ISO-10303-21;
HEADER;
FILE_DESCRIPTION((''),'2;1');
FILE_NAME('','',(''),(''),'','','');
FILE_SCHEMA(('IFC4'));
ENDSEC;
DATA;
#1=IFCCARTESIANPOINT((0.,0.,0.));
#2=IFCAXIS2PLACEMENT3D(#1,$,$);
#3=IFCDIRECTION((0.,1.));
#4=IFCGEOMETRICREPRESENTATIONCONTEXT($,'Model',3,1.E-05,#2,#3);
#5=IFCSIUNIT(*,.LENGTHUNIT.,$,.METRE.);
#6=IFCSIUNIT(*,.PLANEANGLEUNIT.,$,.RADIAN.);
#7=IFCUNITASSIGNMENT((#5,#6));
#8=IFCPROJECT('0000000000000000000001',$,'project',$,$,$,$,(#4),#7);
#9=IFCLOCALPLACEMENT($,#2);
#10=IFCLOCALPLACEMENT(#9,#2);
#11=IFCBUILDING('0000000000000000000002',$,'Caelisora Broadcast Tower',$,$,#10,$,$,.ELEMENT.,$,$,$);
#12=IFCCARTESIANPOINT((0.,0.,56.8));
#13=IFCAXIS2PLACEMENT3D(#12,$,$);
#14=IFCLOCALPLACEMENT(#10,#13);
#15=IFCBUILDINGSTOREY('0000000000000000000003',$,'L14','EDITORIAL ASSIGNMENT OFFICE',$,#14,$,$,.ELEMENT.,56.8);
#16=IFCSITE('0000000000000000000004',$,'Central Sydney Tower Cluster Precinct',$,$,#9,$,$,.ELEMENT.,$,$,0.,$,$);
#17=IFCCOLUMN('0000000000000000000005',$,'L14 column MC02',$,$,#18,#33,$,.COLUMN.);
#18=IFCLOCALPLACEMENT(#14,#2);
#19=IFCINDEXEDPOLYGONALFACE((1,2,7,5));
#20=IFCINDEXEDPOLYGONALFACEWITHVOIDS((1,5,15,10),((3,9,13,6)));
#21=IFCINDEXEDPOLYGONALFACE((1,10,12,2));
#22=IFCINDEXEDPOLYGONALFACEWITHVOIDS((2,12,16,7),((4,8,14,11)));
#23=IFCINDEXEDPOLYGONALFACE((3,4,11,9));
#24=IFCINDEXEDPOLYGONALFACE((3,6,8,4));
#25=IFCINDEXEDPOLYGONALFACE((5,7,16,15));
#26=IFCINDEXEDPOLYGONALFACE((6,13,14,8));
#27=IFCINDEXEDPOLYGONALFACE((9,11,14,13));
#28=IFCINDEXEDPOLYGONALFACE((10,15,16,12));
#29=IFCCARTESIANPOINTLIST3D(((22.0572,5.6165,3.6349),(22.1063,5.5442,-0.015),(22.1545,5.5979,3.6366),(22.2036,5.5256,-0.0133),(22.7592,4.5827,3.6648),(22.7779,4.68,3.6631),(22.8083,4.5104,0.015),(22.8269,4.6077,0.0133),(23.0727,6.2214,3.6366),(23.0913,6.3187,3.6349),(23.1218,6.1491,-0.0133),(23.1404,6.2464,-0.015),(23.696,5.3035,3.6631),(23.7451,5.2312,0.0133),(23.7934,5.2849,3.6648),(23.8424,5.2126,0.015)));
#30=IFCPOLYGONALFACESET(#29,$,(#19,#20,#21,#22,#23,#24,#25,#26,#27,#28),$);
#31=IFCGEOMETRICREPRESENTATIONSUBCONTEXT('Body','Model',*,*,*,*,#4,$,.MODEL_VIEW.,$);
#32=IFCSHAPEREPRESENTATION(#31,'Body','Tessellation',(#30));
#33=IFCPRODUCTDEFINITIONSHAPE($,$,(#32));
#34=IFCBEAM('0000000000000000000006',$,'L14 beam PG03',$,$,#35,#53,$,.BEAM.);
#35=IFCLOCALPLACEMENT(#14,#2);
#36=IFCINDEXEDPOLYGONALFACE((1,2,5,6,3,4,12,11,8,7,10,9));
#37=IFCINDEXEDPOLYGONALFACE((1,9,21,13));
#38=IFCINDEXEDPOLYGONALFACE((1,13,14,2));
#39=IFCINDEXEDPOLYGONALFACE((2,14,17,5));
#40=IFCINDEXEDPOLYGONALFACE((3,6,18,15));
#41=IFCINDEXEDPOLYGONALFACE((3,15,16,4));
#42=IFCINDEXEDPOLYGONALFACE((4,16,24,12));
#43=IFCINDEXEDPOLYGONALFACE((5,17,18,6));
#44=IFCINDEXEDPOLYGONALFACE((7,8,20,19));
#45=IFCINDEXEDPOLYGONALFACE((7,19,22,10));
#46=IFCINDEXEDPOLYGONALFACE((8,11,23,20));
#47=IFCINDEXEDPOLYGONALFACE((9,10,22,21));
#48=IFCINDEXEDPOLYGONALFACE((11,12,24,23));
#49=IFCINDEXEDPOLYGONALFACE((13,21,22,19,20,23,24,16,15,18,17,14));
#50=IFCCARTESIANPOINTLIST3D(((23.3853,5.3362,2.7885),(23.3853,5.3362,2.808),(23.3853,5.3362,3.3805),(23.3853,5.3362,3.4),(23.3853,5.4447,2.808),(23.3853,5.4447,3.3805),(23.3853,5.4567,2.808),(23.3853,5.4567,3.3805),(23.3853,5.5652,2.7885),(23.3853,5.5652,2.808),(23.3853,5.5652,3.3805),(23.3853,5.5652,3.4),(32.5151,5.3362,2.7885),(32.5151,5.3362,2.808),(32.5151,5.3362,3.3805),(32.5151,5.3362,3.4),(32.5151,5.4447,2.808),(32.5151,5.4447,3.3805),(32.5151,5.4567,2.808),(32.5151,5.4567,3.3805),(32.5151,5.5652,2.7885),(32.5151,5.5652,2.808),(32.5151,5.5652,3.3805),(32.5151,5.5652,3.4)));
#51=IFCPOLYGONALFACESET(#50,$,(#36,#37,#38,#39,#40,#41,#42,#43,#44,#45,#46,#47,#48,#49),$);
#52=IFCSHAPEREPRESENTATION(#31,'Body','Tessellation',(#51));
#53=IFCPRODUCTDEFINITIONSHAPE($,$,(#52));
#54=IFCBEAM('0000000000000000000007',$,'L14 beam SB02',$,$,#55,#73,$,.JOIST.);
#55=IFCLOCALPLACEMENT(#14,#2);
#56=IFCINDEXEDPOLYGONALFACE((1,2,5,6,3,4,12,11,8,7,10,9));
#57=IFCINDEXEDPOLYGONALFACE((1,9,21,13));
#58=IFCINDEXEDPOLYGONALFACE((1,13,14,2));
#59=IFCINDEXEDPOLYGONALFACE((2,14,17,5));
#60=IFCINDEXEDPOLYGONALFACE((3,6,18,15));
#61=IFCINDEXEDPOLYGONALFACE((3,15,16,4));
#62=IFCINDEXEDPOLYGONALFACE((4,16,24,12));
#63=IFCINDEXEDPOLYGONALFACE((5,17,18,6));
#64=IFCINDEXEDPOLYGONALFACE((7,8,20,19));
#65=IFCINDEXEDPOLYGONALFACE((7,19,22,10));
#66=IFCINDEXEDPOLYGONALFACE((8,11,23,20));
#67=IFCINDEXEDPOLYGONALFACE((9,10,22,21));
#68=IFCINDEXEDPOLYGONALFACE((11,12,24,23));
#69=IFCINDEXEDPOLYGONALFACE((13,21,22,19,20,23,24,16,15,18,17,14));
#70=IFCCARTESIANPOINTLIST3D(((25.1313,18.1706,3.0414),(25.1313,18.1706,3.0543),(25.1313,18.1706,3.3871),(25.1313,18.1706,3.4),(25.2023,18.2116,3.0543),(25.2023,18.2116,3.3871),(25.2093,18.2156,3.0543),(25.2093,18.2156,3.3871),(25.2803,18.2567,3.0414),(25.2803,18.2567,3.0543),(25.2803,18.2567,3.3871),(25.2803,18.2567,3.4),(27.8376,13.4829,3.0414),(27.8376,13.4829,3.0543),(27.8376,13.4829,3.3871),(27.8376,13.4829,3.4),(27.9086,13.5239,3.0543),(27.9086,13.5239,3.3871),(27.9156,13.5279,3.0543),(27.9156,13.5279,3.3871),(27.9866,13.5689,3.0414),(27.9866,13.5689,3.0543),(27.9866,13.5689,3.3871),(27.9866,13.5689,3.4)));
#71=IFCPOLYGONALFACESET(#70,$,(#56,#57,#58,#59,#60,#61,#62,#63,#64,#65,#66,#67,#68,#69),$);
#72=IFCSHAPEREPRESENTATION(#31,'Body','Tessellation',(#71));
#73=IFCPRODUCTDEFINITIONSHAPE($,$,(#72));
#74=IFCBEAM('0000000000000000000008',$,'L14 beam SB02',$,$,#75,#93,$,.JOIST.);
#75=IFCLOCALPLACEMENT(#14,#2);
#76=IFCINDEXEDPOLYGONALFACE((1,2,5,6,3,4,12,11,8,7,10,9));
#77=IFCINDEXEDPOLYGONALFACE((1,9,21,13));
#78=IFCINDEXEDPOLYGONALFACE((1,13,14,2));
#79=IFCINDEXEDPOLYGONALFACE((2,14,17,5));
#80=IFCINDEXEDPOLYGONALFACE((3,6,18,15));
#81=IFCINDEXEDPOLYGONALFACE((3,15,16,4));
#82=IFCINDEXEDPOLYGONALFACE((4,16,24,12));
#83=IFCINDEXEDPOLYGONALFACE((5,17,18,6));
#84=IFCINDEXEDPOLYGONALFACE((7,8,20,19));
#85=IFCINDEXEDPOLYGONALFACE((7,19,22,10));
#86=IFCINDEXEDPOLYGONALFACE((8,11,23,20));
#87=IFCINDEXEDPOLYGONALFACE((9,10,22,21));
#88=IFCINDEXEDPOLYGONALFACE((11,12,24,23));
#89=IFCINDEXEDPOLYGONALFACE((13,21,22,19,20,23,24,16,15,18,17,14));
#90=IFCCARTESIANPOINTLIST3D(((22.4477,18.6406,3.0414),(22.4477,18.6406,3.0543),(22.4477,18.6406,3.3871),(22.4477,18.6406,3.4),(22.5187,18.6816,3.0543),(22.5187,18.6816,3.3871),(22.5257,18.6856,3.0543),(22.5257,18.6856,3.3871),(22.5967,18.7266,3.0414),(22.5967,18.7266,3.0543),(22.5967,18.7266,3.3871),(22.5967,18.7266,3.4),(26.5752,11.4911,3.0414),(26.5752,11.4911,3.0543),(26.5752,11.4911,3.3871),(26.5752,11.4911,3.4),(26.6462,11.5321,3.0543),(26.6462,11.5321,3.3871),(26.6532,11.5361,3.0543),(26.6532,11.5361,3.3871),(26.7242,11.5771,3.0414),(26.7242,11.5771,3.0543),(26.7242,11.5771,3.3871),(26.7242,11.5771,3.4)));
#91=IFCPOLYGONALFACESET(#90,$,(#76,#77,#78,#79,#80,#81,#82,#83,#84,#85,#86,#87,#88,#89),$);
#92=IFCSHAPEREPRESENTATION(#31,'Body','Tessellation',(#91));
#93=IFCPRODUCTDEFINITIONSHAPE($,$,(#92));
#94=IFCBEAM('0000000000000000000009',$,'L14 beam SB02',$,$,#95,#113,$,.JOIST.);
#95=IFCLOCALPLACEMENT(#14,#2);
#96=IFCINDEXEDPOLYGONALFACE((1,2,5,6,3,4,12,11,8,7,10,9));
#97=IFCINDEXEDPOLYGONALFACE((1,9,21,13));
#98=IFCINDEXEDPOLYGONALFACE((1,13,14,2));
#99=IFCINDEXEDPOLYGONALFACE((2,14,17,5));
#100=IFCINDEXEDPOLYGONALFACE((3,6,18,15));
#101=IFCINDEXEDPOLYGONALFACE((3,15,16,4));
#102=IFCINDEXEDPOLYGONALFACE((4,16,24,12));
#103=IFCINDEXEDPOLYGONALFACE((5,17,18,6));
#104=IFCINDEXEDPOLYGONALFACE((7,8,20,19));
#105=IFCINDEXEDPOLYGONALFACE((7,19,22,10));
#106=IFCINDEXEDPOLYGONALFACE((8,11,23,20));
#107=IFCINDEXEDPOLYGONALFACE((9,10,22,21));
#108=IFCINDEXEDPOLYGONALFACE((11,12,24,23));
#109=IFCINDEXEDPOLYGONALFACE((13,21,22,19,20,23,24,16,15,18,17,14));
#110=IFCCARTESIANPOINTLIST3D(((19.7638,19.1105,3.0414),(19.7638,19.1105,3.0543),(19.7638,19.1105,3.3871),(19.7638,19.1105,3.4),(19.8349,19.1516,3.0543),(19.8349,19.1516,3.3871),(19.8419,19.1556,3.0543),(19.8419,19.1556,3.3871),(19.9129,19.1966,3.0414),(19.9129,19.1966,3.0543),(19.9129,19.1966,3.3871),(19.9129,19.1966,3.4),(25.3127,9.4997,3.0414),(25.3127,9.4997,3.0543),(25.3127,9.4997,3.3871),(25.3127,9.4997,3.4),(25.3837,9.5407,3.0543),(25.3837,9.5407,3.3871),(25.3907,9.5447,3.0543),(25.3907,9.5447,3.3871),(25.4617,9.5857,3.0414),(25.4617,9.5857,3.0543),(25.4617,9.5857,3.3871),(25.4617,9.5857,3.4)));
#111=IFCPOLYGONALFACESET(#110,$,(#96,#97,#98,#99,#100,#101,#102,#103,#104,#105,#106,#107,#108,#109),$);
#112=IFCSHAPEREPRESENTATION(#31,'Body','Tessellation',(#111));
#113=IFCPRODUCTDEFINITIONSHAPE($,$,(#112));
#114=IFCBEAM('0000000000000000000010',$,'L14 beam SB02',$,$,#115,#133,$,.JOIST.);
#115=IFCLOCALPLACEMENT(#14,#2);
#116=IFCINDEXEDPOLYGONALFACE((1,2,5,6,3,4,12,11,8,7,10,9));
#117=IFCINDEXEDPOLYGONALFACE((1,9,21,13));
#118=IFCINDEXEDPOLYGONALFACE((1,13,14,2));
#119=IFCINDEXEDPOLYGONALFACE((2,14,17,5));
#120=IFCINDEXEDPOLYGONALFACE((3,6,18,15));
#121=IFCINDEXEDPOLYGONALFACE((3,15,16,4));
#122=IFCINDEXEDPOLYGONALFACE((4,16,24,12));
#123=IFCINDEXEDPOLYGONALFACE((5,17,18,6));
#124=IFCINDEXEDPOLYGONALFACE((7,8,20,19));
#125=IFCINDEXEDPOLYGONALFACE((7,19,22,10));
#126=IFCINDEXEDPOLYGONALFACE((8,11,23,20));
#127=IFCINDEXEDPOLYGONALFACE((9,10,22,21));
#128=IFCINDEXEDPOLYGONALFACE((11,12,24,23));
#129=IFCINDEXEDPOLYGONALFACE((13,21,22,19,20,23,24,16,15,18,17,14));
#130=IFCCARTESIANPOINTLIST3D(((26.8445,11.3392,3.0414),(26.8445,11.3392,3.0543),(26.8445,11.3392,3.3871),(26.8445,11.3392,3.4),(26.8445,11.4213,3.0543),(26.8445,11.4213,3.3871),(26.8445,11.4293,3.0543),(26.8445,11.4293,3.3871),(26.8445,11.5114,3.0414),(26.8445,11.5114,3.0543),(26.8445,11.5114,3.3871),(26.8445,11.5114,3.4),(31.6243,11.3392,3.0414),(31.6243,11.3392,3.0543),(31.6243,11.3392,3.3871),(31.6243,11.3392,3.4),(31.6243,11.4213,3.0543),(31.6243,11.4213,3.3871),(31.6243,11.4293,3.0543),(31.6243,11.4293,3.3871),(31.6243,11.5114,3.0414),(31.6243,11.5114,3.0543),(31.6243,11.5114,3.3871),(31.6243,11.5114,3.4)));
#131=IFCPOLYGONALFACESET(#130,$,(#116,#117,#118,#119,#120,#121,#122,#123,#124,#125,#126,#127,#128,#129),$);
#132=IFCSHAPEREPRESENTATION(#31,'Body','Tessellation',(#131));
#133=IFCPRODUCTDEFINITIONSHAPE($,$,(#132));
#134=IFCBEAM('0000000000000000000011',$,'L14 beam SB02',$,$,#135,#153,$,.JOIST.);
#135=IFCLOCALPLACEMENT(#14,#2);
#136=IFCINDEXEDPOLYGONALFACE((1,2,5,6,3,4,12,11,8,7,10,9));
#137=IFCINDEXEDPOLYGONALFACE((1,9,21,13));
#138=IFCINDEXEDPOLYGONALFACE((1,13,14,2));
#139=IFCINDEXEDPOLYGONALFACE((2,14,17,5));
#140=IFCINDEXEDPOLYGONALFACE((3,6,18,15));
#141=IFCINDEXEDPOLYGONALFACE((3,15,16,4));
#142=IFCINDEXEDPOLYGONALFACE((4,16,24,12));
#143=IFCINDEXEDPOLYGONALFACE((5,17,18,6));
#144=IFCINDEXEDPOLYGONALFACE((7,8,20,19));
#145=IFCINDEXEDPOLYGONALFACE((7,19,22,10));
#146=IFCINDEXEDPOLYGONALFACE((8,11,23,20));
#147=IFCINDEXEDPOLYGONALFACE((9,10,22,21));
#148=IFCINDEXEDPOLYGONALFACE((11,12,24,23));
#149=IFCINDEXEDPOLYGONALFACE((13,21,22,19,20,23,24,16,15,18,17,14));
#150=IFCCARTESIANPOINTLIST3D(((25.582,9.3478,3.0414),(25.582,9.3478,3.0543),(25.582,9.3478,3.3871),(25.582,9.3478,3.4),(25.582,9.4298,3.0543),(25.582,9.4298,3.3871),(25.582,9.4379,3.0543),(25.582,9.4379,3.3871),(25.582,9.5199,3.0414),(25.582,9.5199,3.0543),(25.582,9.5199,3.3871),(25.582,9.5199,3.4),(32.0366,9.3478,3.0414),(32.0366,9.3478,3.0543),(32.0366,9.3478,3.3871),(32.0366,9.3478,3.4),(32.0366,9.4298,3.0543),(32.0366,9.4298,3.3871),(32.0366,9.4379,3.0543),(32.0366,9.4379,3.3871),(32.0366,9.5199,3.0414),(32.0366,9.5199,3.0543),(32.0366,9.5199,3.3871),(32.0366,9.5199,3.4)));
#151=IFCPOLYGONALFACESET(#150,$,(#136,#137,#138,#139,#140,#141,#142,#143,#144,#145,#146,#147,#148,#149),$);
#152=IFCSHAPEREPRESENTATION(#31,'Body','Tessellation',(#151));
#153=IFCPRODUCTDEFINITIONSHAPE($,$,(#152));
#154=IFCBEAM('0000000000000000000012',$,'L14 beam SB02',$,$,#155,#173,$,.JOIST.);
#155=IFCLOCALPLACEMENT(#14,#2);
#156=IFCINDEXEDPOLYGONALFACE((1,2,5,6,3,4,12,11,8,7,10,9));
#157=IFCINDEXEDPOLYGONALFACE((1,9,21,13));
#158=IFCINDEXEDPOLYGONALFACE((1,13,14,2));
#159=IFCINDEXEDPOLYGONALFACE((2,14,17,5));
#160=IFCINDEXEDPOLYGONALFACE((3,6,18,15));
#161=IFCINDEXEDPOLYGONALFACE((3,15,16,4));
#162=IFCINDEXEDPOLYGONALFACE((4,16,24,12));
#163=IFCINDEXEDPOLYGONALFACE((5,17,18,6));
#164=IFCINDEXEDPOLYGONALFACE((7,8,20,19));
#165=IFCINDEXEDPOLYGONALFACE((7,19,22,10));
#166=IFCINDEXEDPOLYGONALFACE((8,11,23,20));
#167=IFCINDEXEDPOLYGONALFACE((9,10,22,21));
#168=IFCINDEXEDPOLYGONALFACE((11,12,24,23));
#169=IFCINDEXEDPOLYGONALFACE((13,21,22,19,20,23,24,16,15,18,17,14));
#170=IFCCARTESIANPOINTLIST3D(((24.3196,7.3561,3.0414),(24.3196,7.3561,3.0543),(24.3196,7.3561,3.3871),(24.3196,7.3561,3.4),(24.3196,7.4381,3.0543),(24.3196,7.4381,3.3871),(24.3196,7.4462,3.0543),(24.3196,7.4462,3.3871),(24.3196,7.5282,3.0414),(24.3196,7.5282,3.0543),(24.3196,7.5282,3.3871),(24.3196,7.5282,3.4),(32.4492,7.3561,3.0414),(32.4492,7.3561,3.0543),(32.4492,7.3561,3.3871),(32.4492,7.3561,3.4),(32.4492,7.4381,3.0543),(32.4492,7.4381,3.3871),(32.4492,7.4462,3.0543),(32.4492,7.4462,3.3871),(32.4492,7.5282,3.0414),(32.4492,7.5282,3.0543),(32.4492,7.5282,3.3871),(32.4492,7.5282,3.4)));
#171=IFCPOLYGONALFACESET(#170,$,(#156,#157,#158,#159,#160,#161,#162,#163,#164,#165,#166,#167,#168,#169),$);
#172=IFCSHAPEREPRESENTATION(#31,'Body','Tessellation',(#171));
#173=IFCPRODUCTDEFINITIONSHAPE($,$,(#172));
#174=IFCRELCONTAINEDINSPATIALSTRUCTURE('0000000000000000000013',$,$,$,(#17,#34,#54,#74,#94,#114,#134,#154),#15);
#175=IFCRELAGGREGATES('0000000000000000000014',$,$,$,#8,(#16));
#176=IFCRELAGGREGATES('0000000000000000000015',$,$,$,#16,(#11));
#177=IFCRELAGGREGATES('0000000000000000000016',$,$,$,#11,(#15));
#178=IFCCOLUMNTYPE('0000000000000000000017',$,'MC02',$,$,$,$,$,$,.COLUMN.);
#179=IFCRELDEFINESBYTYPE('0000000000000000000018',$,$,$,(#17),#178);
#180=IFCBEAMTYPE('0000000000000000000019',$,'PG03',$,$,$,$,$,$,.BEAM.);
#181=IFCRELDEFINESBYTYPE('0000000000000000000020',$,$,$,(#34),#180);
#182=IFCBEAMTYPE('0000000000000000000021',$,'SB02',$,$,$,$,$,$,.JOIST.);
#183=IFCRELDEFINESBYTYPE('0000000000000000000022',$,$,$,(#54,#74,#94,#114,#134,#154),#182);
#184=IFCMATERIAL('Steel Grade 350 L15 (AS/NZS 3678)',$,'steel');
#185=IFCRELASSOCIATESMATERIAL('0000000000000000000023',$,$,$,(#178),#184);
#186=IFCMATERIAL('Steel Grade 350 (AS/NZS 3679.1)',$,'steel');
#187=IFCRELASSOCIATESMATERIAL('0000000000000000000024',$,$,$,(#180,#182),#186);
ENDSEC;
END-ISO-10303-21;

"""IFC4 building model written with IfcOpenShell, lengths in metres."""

from ifc_helpers import new_model, si_unit, direction, frame, origin, origin_2d, place, context, subcontext, project, spatial, hollow_rectangle, i_section, extrude, source, transform, mapped, material, material_profile, profile_set, type_object, type_shapes, element, save


model = new_model("IFC4")

# Units and contexts
model_context = context("Model", 3, precision=1e-05, world=origin(), true_north=direction((0.0, 1.0)))
body_context = subcontext(model_context, "Body", "Model", "MODEL_VIEW")
ifc_project = project(units=[si_unit("LENGTHUNIT", "METRE"), si_unit("PLANEANGLEUNIT", "RADIAN")], contexts=[model_context])

# Site, building, storey
site_placement = place(None, origin())
site = spatial("IfcSite", under=ifc_project, at=site_placement, Name="Central Sydney Tower Cluster Precinct", CompositionType="ELEMENT", RefElevation=0.0)
building_placement = place(site_placement, origin())
building = spatial("IfcBuilding", under=site, at=building_placement, Name="Caelisora Broadcast Tower", CompositionType="ELEMENT")
storey_placement = place(building_placement, frame((0.0, 0.0, 56.8)))
storey = spatial("IfcBuildingStorey", under=building, at=storey_placement, Name="L14", Description="EDITORIAL ASSIGNMENT OFFICE", CompositionType="ELEMENT", Elevation=56.8)

# Column
ifc_material_1 = material(Name="Steel Grade 350 L15 (AS/NZS 3678)", Category="steel")
ifc_material_profile_1 = material_profile(ifc_material_1, hollow_rectangle(XDim=1.25, YDim=1.25, WallThickness=0.0701, at=origin_2d()), Name="Steel Grade 350 L15 (AS/NZS 3678)")
ifc_profile_set_1 = profile_set([ifc_material_profile_1], Name="Steel Grade 350 L15 (AS/NZS 3678)")
column_type = type_object("IfcColumnType", Name="MC02", PredefinedType="COLUMN", material=ifc_profile_set_1)
shared_shape_1 = source(origin(), body_context, "Body", "SweptSolid", [
    extrude(hollow_rectangle(XDim=1.25, YDim=1.25, WallThickness=0.0701, at=origin_2d()), origin(), (0.0, 0.0, 1.0), 3.6509),
])
type_shapes(column_type, [shared_shape_1])
column_placement = place(storey_placement, frame((22.9744, 5.3784, 0.0), z_axis=(-0.013441, 0.019794, 0.999714), x_axis=(-0.82729, -0.561775, 0.0)))
element("IfcColumn", 1, at=column_placement, inside=storey, type_object=column_type, Name="L14 column MC02", PredefinedType="COLUMN", context=body_context, shape_type="MappedRepresentation", body=[
    mapped(shared_shape_1, transform((0.0, 0.0, 0.0), scale=1.0)),
])

# Beams
ifc_material_2 = material(Name="Steel Grade 350 (AS/NZS 3679.1)", Category="steel")
ifc_material_profile_2 = material_profile(ifc_material_2, i_section(OverallWidth=0.229, OverallDepth=0.6116, WebThickness=0.012, FlangeThickness=0.0195, at=origin_2d()), Name="Steel Grade 350 (AS/NZS 3679.1)")
ifc_profile_set_2 = profile_set([ifc_material_profile_2], Name="Steel Grade 350 (AS/NZS 3679.1)")
beam_type_1 = type_object("IfcBeamType", Name="PG03", PredefinedType="BEAM", material=ifc_profile_set_2)
shared_shape_2 = source(origin(), body_context, "Body", "SweptSolid", [
    extrude(i_section(OverallWidth=0.229, OverallDepth=0.6116, WebThickness=0.012, FlangeThickness=0.0195, at=origin_2d()), origin(), (0.0, 0.0, 1.0), 9.1299),
])
type_shapes(beam_type_1, [shared_shape_2])
beam_1_placement = place(storey_placement, frame((23.3853, 5.4507, 3.0942), z_axis=(1.0, 0.0, 0.0), x_axis=(0.0, 1.0, 0.0)))
element("IfcBeam", 2, at=beam_1_placement, inside=storey, type_object=beam_type_1, Name="L14 beam PG03", PredefinedType="BEAM", context=body_context, shape_type="MappedRepresentation", body=[
    mapped(shared_shape_2, transform((0.0, 0.0, 0.0), scale=1.0)),
])
ifc_material_profile_3 = material_profile(ifc_material_2, i_section(OverallWidth=0.1721, OverallDepth=0.3586, WebThickness=0.0081, FlangeThickness=0.0129, at=origin_2d()), Name="Steel Grade 350 (AS/NZS 3679.1)")
ifc_profile_set_3 = profile_set([ifc_material_profile_3], Name="Steel Grade 350 (AS/NZS 3679.1)")
beam_type_2 = type_object("IfcBeamType", Name="SB02", PredefinedType="JOIST", material=ifc_profile_set_3)
shared_shape_3 = source(origin(), body_context, "Body", "SweptSolid", [
    extrude(i_section(OverallWidth=0.1721, OverallDepth=0.3586, WebThickness=0.0081, FlangeThickness=0.0129, at=origin_2d()), origin(), (0.0, 0.0, 1.0), 5.4128),
])
beam_2_placement = place(storey_placement, frame((25.2058, 18.2136, 3.2207), z_axis=(0.499976, -0.866039, 0.0), x_axis=(0.866039, 0.499976, 0.0)))
element("IfcBeam", 3, at=beam_2_placement, inside=storey, type_object=beam_type_2, Name="L14 beam SB02", PredefinedType="JOIST", context=body_context, shape_type="MappedRepresentation", body=[
    mapped(shared_shape_3, transform((0.0, 0.0, 0.0), scale=1.0)),
])
shared_shape_4 = source(origin(), body_context, "Body", "SweptSolid", [
    extrude(i_section(OverallWidth=0.1721, OverallDepth=0.3586, WebThickness=0.0081, FlangeThickness=0.0129, at=origin_2d()), origin(), (0.0, 0.0, 1.0), 8.2554),
])
beam_3_placement = place(storey_placement, frame((22.5222, 18.6836, 3.2207), z_axis=(0.499975, -0.86604, 0.0), x_axis=(0.86604, 0.499975, 0.0)))
element("IfcBeam", 4, at=beam_3_placement, inside=storey, type_object=beam_type_2, Name="L14 beam SB02", PredefinedType="JOIST", context=body_context, shape_type="MappedRepresentation", body=[
    mapped(shared_shape_4, transform((0.0, 0.0, 0.0), scale=1.0)),
])
shared_shape_5 = source(origin(), body_context, "Body", "SweptSolid", [
    extrude(i_section(OverallWidth=0.1721, OverallDepth=0.3586, WebThickness=0.0081, FlangeThickness=0.0129, at=origin_2d()), origin(), (0.0, 0.0, 1.0), 11.0977),
])
beam_4_placement = place(storey_placement, frame((19.8384, 19.1536, 3.2207), z_axis=(0.5, -0.866025, 0.0), x_axis=(0.866025, 0.5, 0.0)))
element("IfcBeam", 5, at=beam_4_placement, inside=storey, type_object=beam_type_2, Name="L14 beam SB02", PredefinedType="JOIST", context=body_context, shape_type="MappedRepresentation", body=[
    mapped(shared_shape_5, transform((0.0, 0.0, 0.0), scale=1.0)),
])
shared_shape_6 = source(origin(), body_context, "Body", "SweptSolid", [
    extrude(i_section(OverallWidth=0.1721, OverallDepth=0.3586, WebThickness=0.0081, FlangeThickness=0.0129, at=origin_2d()), origin(), (0.0, 0.0, 1.0), 4.7798),
])
beam_5_placement = place(storey_placement, frame((26.8445, 11.4253, 3.2207), z_axis=(1.0, 0.0, 0.0), x_axis=(0.0, 1.0, 0.0)))
element("IfcBeam", 6, at=beam_5_placement, inside=storey, type_object=beam_type_2, Name="L14 beam SB02", PredefinedType="JOIST", context=body_context, shape_type="MappedRepresentation", body=[
    mapped(shared_shape_6, transform((0.0, 0.0, 0.0), scale=1.0)),
])
shared_shape_7 = source(origin(), body_context, "Body", "SweptSolid", [
    extrude(i_section(OverallWidth=0.1721, OverallDepth=0.3586, WebThickness=0.0081, FlangeThickness=0.0129, at=origin_2d()), origin(), (0.0, 0.0, 1.0), 6.4546),
])
beam_6_placement = place(storey_placement, frame((25.582, 9.4338, 3.2207), z_axis=(1.0, 0.0, 0.0), x_axis=(0.0, 1.0, 0.0)))
element("IfcBeam", 7, at=beam_6_placement, inside=storey, type_object=beam_type_2, Name="L14 beam SB02", PredefinedType="JOIST", context=body_context, shape_type="MappedRepresentation", body=[
    mapped(shared_shape_7, transform((0.0, 0.0, 0.0), scale=1.0)),
])
shared_shape_8 = source(origin(), body_context, "Body", "SweptSolid", [
    extrude(i_section(OverallWidth=0.1721, OverallDepth=0.3586, WebThickness=0.0081, FlangeThickness=0.0129, at=origin_2d()), origin(), (0.0, 0.0, 1.0), 8.1296),
])
type_shapes(beam_type_2, [shared_shape_3, shared_shape_4, shared_shape_5, shared_shape_6, shared_shape_7, shared_shape_8])
beam_7_placement = place(storey_placement, frame((24.3196, 7.4421, 3.2207), z_axis=(1.0, 0.0, 0.0), x_axis=(0.0, 1.0, 0.0)))
element("IfcBeam", 8, at=beam_7_placement, inside=storey, type_object=beam_type_2, Name="L14 beam SB02", PredefinedType="JOIST", context=body_context, shape_type="MappedRepresentation", body=[
    mapped(shared_shape_8, transform((0.0, 0.0, 0.0), scale=1.0)),
])

save(model, "model.ifc")
